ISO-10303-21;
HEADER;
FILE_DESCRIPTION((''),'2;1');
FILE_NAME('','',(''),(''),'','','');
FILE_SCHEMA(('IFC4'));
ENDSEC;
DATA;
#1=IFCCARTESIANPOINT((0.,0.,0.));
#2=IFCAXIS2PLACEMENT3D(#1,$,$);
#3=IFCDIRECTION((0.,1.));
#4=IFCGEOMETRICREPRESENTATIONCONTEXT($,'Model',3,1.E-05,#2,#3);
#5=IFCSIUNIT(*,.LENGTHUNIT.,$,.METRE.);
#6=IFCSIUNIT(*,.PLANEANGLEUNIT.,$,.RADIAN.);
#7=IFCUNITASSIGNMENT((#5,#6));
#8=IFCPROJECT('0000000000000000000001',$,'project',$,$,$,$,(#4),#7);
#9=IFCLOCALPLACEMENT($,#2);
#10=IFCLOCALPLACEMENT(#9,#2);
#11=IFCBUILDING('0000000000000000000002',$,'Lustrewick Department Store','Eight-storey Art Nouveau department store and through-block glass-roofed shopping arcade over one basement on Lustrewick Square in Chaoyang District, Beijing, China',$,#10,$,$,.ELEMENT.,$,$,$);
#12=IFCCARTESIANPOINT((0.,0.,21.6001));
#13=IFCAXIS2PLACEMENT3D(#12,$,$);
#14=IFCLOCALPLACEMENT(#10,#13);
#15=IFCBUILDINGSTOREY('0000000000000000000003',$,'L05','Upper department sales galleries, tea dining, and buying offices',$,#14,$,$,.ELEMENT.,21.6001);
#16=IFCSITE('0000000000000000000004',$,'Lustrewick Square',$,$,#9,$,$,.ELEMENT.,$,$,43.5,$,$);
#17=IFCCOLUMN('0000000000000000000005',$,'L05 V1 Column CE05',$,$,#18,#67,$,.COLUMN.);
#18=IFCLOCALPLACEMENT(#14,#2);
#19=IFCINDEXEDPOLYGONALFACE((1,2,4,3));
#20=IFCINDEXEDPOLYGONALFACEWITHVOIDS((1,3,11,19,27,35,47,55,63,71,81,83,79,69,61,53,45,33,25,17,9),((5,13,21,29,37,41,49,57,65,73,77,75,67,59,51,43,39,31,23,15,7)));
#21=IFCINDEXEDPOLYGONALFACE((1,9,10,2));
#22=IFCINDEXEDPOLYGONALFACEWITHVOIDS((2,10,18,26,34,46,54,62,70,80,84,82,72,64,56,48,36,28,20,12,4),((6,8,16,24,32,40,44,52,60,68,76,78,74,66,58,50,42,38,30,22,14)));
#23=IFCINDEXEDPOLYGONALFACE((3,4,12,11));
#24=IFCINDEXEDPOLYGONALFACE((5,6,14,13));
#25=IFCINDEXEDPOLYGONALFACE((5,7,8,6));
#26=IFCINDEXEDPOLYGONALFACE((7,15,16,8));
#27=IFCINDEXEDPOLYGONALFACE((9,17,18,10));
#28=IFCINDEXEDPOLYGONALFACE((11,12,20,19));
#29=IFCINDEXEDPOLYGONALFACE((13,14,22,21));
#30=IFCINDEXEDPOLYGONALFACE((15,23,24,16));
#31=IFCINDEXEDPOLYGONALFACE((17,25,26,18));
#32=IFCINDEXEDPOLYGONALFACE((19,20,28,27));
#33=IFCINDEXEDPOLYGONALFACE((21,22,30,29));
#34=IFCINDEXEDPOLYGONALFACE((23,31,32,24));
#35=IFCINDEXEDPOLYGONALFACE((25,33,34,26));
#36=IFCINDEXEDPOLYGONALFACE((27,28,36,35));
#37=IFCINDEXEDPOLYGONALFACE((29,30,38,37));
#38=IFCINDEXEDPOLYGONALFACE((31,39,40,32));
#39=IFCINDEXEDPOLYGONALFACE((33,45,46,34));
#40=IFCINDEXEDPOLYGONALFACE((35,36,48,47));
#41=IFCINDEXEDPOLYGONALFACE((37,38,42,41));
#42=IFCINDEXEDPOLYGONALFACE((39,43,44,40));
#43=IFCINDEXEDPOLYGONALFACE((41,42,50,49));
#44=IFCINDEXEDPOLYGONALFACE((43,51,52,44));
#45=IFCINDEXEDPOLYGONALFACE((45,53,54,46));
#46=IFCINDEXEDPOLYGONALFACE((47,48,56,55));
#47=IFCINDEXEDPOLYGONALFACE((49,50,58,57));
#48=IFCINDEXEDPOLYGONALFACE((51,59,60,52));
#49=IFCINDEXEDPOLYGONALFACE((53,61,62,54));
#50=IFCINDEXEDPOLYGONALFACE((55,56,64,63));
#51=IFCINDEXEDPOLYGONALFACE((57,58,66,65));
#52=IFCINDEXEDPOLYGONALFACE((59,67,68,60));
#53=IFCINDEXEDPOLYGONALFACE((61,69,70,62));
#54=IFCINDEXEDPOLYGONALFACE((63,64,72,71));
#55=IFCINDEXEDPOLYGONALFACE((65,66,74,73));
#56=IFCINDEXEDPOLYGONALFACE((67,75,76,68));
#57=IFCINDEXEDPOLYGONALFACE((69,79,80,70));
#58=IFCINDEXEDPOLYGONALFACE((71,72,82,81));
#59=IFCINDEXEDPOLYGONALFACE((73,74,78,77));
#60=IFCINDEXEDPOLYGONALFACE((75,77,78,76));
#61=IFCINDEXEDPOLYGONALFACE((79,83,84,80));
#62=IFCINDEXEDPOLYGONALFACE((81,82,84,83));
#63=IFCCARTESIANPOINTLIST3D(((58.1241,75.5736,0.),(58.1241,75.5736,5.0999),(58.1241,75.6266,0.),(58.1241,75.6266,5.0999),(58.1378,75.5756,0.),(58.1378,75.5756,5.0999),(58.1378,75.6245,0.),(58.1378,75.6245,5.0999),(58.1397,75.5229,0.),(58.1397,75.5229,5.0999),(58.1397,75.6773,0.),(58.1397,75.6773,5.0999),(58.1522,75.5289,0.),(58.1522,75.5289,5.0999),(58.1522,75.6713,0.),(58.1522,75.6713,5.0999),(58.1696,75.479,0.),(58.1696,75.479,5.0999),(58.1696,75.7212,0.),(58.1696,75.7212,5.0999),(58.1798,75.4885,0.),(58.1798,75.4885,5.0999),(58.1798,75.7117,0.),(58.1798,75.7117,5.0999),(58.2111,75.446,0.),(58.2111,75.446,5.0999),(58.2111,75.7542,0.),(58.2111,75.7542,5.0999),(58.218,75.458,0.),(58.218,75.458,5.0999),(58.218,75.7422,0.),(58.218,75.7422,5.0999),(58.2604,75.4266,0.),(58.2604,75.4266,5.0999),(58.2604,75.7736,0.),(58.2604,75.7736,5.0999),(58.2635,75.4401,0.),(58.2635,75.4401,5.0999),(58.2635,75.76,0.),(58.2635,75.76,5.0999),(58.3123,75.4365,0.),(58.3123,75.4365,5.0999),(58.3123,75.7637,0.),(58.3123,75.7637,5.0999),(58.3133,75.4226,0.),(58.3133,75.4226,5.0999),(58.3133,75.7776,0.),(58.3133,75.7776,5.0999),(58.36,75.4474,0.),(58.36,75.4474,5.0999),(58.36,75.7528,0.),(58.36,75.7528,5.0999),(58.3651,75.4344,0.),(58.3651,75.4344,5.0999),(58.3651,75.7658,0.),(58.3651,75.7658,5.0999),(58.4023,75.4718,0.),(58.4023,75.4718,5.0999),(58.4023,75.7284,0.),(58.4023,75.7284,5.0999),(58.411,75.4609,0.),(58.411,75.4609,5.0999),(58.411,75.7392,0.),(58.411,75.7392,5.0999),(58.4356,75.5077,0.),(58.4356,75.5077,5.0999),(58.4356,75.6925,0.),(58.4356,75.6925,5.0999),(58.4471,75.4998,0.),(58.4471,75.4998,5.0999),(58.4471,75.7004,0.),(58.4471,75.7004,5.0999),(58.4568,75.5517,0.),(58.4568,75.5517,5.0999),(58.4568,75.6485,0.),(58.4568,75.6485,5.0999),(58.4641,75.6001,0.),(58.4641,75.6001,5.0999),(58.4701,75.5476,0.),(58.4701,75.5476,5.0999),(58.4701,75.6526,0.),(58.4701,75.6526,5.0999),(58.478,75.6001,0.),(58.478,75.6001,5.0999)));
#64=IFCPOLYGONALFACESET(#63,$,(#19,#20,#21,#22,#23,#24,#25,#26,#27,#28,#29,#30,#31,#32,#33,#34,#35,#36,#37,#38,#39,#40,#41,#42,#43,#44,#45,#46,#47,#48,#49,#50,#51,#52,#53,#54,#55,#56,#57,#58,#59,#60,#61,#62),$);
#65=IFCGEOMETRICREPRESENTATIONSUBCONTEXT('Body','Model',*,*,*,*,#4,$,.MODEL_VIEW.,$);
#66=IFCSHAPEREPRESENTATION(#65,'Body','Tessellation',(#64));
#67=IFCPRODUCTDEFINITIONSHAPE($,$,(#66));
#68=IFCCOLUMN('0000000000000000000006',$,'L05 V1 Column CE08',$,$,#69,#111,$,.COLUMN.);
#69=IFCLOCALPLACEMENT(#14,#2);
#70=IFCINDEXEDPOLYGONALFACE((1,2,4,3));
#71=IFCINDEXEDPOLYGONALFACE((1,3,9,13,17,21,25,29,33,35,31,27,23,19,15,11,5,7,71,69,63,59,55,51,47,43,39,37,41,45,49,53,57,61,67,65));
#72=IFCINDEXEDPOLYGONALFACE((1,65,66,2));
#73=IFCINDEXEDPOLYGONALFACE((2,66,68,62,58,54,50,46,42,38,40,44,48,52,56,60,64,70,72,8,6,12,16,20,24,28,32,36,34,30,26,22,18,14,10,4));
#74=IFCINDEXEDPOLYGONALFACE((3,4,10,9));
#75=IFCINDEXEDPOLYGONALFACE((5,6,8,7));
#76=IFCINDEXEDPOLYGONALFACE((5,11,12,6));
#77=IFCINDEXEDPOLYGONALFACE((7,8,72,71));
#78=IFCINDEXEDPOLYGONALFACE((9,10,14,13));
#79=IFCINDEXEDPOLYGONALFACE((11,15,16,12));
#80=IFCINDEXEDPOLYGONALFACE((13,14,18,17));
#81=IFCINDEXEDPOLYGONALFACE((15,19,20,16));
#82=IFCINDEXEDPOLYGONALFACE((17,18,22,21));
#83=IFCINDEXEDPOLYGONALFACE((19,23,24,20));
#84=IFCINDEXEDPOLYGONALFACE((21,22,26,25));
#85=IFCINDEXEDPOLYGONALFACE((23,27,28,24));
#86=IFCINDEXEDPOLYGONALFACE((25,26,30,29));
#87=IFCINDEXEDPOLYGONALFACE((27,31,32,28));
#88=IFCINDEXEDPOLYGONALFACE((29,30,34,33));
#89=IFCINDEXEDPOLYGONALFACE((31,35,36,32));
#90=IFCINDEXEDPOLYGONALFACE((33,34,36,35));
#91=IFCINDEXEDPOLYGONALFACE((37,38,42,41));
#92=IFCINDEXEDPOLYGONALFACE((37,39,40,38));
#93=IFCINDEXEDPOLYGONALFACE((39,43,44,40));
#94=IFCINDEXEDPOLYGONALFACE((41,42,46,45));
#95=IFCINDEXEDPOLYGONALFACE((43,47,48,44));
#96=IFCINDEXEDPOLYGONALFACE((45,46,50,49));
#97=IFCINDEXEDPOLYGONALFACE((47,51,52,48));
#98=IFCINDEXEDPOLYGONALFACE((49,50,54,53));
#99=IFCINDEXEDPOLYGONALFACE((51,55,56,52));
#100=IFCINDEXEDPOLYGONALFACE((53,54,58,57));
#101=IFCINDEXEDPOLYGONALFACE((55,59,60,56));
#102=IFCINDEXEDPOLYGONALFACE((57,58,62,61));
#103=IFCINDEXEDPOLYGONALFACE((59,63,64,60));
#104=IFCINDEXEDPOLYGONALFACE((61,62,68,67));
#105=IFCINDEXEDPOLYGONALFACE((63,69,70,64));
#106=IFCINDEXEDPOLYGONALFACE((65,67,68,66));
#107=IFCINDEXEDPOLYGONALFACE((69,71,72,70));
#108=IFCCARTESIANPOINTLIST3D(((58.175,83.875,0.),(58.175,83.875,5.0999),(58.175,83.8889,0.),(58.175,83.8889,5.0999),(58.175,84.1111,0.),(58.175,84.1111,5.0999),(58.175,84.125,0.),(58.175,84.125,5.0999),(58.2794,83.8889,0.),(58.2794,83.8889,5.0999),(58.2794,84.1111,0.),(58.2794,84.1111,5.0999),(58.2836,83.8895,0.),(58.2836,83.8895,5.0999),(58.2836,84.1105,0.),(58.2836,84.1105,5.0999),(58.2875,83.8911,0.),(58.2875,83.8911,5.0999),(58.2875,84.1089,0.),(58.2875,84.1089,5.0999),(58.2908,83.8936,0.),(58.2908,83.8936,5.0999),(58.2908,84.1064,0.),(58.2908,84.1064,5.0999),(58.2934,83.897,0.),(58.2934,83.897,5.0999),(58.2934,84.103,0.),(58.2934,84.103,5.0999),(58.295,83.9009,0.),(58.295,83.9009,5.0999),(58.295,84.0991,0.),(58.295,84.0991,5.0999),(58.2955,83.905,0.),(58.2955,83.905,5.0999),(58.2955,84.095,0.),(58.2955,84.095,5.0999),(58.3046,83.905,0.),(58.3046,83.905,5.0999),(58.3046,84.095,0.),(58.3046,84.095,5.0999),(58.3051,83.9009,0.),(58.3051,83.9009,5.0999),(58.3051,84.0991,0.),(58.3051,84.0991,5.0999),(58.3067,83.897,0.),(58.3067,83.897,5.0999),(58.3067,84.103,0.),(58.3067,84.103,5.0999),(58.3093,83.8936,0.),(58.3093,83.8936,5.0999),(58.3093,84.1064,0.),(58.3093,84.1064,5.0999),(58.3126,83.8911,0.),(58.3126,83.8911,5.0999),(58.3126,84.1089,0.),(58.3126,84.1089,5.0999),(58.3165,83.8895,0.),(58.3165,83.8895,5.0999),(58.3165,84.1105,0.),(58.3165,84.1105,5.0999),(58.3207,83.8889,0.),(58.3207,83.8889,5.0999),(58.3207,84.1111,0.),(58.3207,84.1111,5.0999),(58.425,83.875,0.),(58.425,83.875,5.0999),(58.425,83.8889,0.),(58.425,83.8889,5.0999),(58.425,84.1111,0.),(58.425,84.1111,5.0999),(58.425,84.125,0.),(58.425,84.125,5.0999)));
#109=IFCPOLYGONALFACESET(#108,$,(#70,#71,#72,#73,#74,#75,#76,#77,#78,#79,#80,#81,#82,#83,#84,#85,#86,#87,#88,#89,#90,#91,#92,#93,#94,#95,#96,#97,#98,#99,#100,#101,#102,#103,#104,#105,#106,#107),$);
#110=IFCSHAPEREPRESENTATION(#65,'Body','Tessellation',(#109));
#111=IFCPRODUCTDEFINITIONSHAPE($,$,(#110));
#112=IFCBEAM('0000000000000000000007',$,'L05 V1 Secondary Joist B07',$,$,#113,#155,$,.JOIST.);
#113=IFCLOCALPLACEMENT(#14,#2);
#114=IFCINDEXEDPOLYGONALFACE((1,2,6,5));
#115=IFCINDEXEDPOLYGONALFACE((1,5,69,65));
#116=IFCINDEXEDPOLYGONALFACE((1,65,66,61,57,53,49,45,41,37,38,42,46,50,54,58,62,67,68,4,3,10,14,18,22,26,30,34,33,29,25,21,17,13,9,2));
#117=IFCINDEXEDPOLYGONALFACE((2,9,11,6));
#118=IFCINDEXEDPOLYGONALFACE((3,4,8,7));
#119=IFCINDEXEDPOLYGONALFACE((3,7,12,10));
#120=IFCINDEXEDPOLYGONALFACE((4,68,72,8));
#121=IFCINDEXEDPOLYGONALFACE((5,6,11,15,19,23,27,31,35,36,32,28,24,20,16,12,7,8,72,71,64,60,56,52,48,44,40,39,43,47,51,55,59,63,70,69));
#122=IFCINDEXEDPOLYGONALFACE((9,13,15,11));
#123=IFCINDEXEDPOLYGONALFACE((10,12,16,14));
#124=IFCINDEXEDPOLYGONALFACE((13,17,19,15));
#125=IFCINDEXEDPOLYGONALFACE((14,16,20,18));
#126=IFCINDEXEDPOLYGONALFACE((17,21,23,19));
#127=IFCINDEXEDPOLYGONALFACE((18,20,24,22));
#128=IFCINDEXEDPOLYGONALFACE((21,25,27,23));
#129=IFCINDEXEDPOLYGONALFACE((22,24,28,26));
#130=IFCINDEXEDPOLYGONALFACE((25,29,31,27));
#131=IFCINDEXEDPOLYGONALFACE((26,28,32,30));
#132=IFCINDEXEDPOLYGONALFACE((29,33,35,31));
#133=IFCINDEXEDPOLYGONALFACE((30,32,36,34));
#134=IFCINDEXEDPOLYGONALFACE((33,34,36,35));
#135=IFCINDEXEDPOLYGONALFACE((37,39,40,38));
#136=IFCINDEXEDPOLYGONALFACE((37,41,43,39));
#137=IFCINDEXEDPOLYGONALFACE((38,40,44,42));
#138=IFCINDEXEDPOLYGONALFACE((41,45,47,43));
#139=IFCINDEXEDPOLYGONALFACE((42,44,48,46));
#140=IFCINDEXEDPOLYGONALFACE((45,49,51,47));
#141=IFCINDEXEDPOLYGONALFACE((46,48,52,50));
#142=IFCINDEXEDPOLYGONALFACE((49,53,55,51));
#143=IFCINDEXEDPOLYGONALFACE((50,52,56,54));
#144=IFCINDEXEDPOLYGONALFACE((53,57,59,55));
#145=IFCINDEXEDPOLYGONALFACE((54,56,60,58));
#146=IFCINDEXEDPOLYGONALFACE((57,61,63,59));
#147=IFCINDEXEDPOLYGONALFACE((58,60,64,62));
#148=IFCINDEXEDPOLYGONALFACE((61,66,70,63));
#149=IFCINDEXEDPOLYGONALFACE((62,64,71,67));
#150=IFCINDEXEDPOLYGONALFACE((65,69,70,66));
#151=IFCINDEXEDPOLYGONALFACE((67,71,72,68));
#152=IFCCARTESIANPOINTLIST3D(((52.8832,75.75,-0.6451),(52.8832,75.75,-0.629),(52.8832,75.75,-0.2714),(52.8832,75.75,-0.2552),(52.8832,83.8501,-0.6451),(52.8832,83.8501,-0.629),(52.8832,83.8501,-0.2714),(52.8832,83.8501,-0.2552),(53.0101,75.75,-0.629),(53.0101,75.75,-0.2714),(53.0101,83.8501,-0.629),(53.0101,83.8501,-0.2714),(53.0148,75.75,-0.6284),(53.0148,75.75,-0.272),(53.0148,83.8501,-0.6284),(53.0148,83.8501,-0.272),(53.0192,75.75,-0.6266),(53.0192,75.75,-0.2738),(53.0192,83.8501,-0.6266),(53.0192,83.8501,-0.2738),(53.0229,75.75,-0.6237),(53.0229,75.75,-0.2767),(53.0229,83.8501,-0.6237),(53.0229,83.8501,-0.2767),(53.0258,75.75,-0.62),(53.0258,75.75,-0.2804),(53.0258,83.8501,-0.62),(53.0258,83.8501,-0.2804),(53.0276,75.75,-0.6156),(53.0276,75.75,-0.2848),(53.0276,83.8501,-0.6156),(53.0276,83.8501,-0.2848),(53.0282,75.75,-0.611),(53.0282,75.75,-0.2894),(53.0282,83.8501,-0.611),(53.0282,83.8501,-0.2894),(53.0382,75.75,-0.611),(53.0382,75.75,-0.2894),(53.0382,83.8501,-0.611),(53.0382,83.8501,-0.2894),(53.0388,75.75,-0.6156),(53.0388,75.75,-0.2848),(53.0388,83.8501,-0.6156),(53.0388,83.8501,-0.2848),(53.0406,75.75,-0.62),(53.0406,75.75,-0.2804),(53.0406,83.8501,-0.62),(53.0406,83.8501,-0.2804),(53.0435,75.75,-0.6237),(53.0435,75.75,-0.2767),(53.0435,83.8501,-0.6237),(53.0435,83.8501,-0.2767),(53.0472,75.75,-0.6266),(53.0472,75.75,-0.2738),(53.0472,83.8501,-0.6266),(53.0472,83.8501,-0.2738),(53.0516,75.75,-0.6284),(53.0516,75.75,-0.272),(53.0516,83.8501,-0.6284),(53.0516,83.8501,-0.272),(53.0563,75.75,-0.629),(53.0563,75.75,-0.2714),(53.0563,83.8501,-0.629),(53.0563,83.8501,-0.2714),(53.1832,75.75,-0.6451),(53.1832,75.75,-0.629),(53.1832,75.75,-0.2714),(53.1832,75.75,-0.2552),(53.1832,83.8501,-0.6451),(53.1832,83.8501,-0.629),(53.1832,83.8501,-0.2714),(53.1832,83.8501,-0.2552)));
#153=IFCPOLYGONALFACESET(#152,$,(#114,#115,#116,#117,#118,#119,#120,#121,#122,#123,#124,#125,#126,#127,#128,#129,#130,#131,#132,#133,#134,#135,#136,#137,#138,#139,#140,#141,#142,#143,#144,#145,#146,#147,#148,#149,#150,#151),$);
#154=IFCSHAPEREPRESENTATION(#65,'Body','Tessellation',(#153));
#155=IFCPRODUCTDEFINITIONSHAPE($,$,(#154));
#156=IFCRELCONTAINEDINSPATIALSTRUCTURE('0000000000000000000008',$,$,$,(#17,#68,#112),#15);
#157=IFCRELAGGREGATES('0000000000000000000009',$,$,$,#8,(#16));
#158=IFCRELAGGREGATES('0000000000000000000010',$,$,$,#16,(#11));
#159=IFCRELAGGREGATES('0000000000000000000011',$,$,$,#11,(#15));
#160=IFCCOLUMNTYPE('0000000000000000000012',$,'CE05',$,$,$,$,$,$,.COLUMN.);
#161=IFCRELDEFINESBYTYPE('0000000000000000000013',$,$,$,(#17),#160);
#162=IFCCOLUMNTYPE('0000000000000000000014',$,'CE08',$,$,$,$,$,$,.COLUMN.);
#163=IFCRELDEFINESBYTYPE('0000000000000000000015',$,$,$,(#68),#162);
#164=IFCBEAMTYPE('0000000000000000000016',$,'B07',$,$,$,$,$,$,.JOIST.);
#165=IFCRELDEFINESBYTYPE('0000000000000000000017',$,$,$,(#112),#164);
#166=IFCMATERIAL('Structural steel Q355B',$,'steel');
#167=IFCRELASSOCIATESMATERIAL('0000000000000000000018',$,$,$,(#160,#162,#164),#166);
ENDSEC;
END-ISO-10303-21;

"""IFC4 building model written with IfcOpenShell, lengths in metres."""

from ifc_helpers import new_model, si_unit, direction, frame, origin, origin_2d, place, context, subcontext, project, spatial, hollow_circle, i_section, extrude, material, material_profile, profile_set, type_object, element, save


model = new_model("IFC4")

# Units and contexts
model_context = context("Model", 3, precision=1e-05, world=origin(), true_north=direction((0.0, 1.0)))
body_context = subcontext(model_context, "Body", "Model", "MODEL_VIEW")
ifc_project = project(units=[si_unit("LENGTHUNIT", "METRE"), si_unit("PLANEANGLEUNIT", "RADIAN")], contexts=[model_context])

# Site, building, storey
site_placement = place(None, origin())
site = spatial("IfcSite", under=ifc_project, at=site_placement, Name="Lustrewick Square", CompositionType="ELEMENT", RefElevation=43.5)
building_placement = place(site_placement, origin())
building = spatial("IfcBuilding", under=site, at=building_placement, Name="Lustrewick Department Store", Description="Eight-storey Art Nouveau department store and through-block glass-roofed shopping arcade over one basement on Lustrewick Square in Chaoyang District, Beijing, China", CompositionType="ELEMENT")
storey_placement = place(building_placement, frame((0.0, 0.0, 21.6001)))
storey = spatial("IfcBuildingStorey", under=building, at=storey_placement, Name="L05", Description="Upper department sales galleries, tea dining, and buying offices", CompositionType="ELEMENT", Elevation=21.6001)

# Columns
ifc_material_1 = material(Name="Structural steel Q355B", Category="steel")
ifc_material_profile_1 = material_profile(ifc_material_1, hollow_circle(Radius=0.178, WallThickness=0.0139, at=origin_2d()), Name="CHS 356x14")
ifc_profile_set_1 = profile_set([ifc_material_profile_1], Name="Structural steel Q355B")
column_type_1 = type_object("IfcColumnType", Name="CE05", PredefinedType="COLUMN", material=ifc_profile_set_1)
column_1_placement = place(storey_placement, frame((58.3, 75.6001, 0.0), z_axis=(0.0, 0.0, 1.0), x_axis=(1.0, 0.0, 0.0)))
element("IfcColumn", 1, at=column_1_placement, inside=storey, type_object=column_type_1, Name="L05 V1 Column CE05", PredefinedType="COLUMN", context=body_context, shape_type="SweptSolid", body=[
    extrude(hollow_circle(Radius=0.178, WallThickness=0.0139, at=origin_2d()), origin(), (0.0, 0.0, 1.0), 5.0999),
])
ifc_material_profile_2 = material_profile(ifc_material_1, i_section(OverallWidth=0.25, OverallDepth=0.25, WebThickness=0.009, FlangeThickness=0.0139, FilletRadius=0.0161, at=origin_2d()), Name="HW 250x250x9x14")
ifc_profile_set_2 = profile_set([ifc_material_profile_2], Name="Structural steel Q355B")
column_type_2 = type_object("IfcColumnType", Name="CE08", PredefinedType="COLUMN", material=ifc_profile_set_2)
column_2_placement = place(storey_placement, frame((58.3, 84.0, 0.0), z_axis=(0.0, 0.0, 1.0), x_axis=(1.0, 0.0, 0.0)))
element("IfcColumn", 2, at=column_2_placement, inside=storey, type_object=column_type_2, Name="L05 V1 Column CE08", PredefinedType="COLUMN", context=body_context, shape_type="SweptSolid", body=[
    extrude(i_section(OverallWidth=0.25, OverallDepth=0.25, WebThickness=0.009, FlangeThickness=0.0139, FilletRadius=0.0161, at=origin_2d()), origin(), (0.0, 0.0, 1.0), 5.0999),
])

# Beam
ifc_material_profile_3 = material_profile(ifc_material_1, i_section(OverallWidth=0.3, OverallDepth=0.3899, WebThickness=0.01, FlangeThickness=0.0161, FilletRadius=0.0181, at=origin_2d()), Name="HM 390x300x10x16")
ifc_profile_set_3 = profile_set([ifc_material_profile_3], Name="Structural steel Q355B")
beam_type_1 = type_object("IfcBeamType", Name="B07", PredefinedType="JOIST", material=ifc_profile_set_3)
beam_1_placement = place(storey_placement, frame((53.0332, 75.75, -0.4502), z_axis=(0.0, 1.0, 0.0), x_axis=(-1.0, 0.0, 0.0)))
element("IfcBeam", 3, at=beam_1_placement, inside=storey, type_object=beam_type_1, Name="L05 V1 Secondary Joist B07", PredefinedType="JOIST", context=body_context, shape_type="SweptSolid", body=[
    extrude(i_section(OverallWidth=0.3, OverallDepth=0.3899, WebThickness=0.01, FlangeThickness=0.0161, FilletRadius=0.0181, at=origin_2d()), origin(), (0.0, 0.0, 1.0), 8.1001),
])

save(model, "model.ifc")
